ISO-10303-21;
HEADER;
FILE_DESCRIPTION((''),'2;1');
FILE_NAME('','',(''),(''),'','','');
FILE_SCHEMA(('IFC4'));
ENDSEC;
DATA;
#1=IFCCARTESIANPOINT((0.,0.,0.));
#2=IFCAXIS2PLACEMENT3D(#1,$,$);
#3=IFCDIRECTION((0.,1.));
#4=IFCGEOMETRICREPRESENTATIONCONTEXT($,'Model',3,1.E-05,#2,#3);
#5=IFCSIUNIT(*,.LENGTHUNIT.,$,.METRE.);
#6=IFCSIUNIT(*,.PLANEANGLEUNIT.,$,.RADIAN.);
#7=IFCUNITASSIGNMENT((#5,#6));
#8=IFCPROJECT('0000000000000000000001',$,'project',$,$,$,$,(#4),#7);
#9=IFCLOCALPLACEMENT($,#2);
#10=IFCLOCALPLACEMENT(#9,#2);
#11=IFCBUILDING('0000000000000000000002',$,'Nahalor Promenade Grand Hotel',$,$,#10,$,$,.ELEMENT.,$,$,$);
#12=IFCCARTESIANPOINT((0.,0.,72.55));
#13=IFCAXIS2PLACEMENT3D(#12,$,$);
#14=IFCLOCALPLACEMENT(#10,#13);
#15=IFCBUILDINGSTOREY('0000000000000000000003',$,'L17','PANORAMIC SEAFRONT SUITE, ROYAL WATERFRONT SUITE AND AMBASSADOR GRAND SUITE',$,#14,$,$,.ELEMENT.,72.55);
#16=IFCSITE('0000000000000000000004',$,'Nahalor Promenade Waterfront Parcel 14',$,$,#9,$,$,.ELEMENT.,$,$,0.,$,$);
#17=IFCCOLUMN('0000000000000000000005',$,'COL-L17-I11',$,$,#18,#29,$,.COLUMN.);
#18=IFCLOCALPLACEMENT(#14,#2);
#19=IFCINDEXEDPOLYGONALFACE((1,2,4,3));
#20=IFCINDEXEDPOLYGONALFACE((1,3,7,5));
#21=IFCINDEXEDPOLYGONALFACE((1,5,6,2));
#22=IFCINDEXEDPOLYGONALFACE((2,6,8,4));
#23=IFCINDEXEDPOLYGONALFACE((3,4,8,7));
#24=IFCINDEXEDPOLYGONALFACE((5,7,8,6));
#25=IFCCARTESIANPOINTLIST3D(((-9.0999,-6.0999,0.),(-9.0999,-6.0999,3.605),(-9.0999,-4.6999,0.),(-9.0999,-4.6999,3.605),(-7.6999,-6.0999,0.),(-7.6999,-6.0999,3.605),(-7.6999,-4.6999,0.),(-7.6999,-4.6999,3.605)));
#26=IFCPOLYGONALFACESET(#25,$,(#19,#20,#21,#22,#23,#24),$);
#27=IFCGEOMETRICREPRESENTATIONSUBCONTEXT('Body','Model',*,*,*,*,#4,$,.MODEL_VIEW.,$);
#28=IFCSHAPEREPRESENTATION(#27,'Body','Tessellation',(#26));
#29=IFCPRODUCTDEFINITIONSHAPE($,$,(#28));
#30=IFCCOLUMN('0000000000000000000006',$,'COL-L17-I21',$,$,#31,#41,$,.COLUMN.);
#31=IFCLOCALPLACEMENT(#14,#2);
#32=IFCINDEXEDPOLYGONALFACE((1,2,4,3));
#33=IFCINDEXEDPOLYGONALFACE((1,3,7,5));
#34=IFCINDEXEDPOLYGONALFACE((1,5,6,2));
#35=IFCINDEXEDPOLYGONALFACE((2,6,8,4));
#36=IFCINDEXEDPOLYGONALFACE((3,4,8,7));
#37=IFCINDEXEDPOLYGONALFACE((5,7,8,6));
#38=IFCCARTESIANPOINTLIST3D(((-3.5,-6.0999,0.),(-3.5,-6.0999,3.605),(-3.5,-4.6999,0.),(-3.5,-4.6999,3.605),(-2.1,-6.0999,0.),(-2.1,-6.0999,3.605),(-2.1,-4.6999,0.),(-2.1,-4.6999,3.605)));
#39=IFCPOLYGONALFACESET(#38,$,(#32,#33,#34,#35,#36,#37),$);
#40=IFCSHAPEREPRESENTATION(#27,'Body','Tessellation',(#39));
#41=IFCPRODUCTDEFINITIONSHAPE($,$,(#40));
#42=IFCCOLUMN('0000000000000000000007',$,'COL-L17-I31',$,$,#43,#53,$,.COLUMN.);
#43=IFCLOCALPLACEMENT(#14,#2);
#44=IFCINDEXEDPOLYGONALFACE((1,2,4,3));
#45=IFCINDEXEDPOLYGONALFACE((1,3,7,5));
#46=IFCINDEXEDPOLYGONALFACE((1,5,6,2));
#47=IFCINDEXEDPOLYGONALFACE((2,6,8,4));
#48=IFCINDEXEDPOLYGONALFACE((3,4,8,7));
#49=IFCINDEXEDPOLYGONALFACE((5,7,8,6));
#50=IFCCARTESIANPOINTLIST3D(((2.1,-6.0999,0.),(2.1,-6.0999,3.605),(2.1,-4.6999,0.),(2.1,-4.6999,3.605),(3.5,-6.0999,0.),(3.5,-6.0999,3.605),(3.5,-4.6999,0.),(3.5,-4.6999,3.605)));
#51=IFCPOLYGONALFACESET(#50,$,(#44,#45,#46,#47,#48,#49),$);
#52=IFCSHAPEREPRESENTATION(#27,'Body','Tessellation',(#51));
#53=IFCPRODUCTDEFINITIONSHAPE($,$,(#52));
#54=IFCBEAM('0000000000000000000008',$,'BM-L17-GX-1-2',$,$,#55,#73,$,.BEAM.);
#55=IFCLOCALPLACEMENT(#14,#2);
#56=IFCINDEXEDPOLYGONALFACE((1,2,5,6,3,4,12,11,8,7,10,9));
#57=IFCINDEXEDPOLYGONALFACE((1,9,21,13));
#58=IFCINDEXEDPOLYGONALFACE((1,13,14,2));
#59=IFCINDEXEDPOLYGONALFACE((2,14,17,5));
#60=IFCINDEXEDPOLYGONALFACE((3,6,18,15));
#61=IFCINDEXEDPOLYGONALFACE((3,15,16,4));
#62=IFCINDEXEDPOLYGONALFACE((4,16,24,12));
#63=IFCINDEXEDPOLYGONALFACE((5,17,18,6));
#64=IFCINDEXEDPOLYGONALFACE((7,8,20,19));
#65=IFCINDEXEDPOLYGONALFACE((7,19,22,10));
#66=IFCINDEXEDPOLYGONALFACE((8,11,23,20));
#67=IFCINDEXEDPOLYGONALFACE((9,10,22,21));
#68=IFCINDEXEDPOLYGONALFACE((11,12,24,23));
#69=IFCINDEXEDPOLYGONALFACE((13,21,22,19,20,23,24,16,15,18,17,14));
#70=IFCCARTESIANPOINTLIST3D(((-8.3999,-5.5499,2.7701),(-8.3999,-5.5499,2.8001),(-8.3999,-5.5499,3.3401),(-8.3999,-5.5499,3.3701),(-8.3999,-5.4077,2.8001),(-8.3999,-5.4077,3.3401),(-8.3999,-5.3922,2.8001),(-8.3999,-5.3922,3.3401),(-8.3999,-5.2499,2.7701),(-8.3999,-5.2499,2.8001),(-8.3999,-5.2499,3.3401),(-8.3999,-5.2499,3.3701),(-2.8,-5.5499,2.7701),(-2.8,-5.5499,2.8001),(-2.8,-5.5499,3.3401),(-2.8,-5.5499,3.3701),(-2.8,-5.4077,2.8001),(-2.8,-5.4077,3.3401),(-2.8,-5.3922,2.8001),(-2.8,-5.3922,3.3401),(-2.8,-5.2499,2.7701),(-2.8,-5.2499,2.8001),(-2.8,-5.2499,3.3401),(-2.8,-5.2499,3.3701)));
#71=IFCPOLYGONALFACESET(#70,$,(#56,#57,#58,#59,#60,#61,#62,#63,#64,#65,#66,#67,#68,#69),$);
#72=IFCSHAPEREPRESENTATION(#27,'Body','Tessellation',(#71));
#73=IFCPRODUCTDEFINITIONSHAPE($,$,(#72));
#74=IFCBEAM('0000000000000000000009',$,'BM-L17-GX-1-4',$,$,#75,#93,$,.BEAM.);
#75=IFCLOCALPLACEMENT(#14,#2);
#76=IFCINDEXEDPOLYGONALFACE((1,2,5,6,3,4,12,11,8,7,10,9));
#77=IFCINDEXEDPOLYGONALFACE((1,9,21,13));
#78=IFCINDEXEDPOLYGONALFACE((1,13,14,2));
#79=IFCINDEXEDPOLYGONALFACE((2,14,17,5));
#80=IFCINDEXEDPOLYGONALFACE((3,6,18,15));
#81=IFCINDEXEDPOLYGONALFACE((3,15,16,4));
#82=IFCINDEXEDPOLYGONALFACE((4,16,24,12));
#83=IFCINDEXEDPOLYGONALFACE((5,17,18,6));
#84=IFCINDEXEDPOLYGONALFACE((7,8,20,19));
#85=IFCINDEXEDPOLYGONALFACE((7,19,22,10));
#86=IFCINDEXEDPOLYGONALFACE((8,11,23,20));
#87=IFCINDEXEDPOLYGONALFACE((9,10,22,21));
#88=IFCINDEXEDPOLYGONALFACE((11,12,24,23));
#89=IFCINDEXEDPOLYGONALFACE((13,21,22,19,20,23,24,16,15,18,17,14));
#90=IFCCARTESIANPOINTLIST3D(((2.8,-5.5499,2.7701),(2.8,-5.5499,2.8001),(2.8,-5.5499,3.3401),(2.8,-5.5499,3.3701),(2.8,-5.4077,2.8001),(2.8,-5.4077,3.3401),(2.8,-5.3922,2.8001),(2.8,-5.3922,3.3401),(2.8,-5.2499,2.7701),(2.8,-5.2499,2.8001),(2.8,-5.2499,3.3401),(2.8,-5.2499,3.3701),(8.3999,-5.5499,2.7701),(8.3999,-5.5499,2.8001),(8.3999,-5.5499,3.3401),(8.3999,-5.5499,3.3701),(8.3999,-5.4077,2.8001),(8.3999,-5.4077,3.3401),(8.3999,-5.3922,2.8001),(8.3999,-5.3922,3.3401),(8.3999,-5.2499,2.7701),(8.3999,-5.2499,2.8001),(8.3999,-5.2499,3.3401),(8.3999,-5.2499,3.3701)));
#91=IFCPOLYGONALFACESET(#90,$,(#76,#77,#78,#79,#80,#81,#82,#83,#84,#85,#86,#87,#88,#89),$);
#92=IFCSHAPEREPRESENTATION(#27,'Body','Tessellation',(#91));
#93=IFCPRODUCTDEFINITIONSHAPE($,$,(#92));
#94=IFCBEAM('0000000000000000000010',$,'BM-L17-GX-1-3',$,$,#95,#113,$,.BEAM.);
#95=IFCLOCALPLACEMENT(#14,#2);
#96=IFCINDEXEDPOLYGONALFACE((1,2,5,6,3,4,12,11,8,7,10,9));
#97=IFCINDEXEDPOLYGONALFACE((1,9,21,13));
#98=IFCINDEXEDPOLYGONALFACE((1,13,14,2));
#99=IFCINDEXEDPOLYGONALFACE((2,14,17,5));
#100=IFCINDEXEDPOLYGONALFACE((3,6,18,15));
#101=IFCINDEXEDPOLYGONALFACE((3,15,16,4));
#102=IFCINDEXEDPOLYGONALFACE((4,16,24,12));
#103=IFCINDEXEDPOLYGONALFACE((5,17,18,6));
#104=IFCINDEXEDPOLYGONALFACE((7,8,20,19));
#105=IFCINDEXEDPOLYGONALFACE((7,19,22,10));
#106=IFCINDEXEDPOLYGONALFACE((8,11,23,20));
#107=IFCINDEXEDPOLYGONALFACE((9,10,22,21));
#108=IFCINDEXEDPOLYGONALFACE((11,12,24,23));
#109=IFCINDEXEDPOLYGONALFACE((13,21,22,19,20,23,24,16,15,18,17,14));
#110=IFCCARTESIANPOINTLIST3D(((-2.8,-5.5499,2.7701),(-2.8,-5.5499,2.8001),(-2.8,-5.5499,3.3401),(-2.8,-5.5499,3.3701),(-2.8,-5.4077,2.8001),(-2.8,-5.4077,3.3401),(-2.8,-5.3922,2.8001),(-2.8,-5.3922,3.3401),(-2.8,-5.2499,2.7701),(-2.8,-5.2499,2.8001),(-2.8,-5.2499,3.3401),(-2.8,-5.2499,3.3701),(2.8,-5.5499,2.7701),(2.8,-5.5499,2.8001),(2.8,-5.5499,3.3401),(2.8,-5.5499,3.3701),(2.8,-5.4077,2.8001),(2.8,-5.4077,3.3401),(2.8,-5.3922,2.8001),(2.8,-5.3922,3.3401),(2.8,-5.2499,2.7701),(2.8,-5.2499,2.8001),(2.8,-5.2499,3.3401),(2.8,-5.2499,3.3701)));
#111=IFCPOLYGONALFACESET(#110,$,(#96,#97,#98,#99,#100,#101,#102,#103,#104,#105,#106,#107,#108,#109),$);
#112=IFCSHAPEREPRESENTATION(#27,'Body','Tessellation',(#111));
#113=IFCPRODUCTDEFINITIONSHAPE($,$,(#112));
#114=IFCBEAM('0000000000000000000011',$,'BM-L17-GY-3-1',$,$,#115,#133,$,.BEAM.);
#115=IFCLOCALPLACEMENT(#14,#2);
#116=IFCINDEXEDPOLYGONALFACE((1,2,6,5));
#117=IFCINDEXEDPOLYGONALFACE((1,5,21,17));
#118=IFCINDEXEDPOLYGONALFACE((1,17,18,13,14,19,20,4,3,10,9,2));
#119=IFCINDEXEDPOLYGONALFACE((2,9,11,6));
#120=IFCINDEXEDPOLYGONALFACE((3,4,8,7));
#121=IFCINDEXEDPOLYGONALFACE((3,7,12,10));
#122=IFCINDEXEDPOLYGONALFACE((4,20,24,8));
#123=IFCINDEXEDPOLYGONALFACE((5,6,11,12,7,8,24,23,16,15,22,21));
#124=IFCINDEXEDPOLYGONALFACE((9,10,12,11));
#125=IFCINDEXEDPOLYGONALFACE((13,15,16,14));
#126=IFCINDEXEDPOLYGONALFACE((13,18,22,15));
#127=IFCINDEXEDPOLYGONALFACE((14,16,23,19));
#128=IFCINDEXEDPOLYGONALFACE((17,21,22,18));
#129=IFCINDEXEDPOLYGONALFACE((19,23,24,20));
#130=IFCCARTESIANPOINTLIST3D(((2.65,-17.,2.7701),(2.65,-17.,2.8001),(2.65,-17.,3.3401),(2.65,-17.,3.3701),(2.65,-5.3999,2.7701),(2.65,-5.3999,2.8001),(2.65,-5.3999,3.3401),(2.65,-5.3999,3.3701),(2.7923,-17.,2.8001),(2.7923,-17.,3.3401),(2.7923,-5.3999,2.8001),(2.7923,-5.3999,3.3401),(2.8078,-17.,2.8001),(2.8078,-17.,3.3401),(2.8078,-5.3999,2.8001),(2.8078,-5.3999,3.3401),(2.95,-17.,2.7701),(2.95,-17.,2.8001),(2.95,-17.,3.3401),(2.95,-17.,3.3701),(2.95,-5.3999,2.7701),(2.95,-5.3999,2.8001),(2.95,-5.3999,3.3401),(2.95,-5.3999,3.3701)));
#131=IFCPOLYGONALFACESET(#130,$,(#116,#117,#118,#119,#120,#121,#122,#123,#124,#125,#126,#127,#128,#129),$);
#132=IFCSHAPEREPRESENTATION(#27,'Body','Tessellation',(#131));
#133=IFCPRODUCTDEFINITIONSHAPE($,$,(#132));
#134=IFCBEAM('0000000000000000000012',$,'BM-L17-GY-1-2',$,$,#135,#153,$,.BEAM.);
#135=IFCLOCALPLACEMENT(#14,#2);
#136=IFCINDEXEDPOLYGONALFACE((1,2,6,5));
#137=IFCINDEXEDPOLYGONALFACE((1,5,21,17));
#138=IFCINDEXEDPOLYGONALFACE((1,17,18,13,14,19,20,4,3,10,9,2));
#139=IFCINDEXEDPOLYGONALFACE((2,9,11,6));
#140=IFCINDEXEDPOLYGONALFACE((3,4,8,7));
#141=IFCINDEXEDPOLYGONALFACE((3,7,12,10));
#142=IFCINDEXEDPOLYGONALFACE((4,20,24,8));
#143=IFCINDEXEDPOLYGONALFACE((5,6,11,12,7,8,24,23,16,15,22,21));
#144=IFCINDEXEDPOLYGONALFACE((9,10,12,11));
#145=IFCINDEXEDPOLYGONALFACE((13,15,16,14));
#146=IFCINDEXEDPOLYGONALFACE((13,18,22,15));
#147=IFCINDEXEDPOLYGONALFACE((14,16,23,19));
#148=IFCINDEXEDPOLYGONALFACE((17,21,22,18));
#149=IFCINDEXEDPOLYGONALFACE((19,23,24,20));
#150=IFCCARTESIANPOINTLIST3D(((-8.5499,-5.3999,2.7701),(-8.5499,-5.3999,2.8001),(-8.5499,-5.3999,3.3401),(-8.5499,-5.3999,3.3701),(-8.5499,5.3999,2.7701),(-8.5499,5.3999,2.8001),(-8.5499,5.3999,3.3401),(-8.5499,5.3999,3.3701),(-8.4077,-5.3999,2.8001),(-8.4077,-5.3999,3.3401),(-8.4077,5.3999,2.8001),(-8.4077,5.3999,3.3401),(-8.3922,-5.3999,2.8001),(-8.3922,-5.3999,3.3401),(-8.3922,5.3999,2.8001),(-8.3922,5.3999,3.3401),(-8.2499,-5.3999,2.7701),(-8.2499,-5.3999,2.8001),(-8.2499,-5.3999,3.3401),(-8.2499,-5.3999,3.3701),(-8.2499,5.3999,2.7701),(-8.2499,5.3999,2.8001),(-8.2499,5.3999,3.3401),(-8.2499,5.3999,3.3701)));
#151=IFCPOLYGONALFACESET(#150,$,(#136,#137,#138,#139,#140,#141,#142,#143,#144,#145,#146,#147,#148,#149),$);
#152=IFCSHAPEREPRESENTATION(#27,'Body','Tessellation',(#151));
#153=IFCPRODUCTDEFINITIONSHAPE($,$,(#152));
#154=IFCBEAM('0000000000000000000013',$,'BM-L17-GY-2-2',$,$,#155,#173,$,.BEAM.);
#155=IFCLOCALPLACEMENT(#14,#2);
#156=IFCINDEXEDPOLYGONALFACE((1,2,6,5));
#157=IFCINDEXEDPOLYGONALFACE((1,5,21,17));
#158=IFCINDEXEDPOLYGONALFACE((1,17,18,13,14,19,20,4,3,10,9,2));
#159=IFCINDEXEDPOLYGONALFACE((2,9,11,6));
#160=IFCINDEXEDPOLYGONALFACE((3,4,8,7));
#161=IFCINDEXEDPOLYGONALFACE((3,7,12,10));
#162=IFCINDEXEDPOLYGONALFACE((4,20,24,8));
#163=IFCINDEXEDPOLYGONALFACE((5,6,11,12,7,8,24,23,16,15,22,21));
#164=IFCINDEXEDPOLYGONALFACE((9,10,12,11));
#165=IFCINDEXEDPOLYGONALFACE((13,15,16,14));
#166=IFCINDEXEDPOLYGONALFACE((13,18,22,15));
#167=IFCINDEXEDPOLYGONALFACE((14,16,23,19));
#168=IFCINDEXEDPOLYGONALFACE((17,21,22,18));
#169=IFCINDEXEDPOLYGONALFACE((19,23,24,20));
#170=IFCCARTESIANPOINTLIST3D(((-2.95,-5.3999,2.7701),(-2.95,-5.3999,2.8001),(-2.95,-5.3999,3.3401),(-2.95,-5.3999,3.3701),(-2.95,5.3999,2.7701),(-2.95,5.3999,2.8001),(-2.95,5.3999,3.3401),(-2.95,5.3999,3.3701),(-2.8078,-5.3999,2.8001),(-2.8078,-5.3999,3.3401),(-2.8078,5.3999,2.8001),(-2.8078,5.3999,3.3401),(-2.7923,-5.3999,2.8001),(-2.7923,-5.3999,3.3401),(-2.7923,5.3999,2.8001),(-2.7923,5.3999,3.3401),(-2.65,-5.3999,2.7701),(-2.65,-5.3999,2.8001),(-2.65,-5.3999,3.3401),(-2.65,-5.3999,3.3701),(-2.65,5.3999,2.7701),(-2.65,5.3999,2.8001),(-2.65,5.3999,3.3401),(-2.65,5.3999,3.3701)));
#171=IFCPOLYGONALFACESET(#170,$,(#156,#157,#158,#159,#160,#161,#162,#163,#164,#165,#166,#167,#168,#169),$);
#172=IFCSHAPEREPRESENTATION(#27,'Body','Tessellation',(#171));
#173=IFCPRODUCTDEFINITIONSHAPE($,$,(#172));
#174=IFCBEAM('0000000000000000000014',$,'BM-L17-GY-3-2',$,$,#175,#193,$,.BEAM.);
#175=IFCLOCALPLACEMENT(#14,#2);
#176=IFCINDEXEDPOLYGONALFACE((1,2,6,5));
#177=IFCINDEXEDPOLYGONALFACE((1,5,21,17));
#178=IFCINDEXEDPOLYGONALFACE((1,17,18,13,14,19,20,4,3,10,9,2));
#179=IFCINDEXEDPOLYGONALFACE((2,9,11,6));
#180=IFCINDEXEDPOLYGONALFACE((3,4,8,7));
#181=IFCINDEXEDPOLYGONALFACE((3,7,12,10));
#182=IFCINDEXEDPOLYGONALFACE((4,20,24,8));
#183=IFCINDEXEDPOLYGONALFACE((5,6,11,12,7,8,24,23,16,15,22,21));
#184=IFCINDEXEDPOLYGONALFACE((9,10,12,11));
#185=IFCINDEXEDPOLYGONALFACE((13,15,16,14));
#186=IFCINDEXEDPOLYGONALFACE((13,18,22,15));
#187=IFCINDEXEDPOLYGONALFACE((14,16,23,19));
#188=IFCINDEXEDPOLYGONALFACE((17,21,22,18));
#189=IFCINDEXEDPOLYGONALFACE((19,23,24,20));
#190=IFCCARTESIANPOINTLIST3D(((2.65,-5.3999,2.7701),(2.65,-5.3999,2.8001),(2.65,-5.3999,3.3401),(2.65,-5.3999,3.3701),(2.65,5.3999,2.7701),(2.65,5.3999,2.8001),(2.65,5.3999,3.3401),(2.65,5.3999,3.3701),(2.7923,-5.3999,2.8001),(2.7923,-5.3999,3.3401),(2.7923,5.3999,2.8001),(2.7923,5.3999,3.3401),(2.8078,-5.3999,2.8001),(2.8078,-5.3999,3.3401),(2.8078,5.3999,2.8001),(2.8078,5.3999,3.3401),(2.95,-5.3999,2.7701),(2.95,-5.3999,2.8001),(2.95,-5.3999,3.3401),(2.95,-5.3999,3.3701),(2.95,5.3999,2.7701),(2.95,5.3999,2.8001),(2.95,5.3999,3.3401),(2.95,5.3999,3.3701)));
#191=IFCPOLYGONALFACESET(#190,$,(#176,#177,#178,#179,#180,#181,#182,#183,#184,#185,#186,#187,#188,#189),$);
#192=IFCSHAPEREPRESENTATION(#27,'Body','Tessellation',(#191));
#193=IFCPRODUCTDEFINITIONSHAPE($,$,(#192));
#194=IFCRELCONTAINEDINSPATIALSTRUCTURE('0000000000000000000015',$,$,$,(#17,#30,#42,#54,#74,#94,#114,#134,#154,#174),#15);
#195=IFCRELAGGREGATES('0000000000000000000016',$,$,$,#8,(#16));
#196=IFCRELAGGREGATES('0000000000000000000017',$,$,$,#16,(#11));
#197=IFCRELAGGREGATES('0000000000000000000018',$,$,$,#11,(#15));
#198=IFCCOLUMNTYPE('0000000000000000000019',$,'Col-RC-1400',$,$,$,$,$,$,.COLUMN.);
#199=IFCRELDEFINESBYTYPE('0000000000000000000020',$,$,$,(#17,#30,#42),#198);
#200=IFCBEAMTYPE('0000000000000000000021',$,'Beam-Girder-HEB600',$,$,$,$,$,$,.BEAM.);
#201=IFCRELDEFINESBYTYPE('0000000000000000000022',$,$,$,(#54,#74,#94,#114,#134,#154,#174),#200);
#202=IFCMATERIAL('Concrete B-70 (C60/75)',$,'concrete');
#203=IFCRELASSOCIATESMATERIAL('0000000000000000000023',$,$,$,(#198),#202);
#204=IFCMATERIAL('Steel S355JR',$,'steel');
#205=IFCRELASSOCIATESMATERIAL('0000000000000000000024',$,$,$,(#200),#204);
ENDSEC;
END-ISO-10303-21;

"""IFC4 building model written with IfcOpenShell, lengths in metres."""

from ifc_helpers import new_model, si_unit, direction, frame, origin, origin_2d, place, context, subcontext, project, spatial, rectangle, i_section, extrude, source, transform, mapped, material, material_profile, profile_set, type_object, element, save


model = new_model("IFC4")

# Units and contexts
model_context = context("Model", 3, precision=1e-05, world=origin(), true_north=direction((0.0, 1.0)))
body_context = subcontext(model_context, "Body", "Model", "MODEL_VIEW")
ifc_project = project(units=[si_unit("LENGTHUNIT", "METRE"), si_unit("PLANEANGLEUNIT", "RADIAN")], contexts=[model_context])

# Site, building, storey
site_placement = place(None, origin())
site = spatial("IfcSite", under=ifc_project, at=site_placement, Name="Nahalor Promenade Waterfront Parcel 14", CompositionType="ELEMENT", RefElevation=0.0)
building_placement = place(site_placement, origin())
building = spatial("IfcBuilding", under=site, at=building_placement, Name="Nahalor Promenade Grand Hotel", CompositionType="ELEMENT")
storey_placement = place(building_placement, frame((0.0, 0.0, 72.55)))
storey = spatial("IfcBuildingStorey", under=building, at=storey_placement, Name="L17", Description="PANORAMIC SEAFRONT SUITE, ROYAL WATERFRONT SUITE AND AMBASSADOR GRAND SUITE", CompositionType="ELEMENT", Elevation=72.55)

# Columns
ifc_material_1 = material(Name="Concrete B-70 (C60/75)", Category="concrete")
ifc_material_profile_1 = material_profile(ifc_material_1, rectangle(XDim=1.4, YDim=1.4, at=origin_2d()), Name="RC 1400x1400")
ifc_profile_set_1 = profile_set([ifc_material_profile_1], Name="Concrete B-70 (C60/75)")
column_type = type_object("IfcColumnType", Name="Col-RC-1400", PredefinedType="COLUMN", material=ifc_profile_set_1)
shared_shape_1 = source(origin(), body_context, "Body", "SweptSolid", [
    extrude(rectangle(XDim=1.4, YDim=1.4, at=origin_2d()), origin(), (0.0, 0.0, 1.0), 3.605),
])
for number, where, z_axis, x_axis, name in (
    (1, (-8.3999, -5.3999, 0.0), (0.0, 0.0, 1.0), (1.0, 0.0, 0.0), "COL-L17-I11"),
    (2, (-2.8, -5.3999, 0.0), (0.0, 0.0, 1.0), (1.0, 0.0, 0.0), "COL-L17-I21"),
    (3, (2.8, -5.3999, 0.0), (0.0, 0.0, 1.0), (1.0, 0.0, 0.0), "COL-L17-I31"),
):
    element("IfcColumn", number, at=place(storey_placement, frame(where, z_axis=z_axis, x_axis=x_axis)), inside=storey, type_object=column_type, Name=name, PredefinedType="COLUMN", context=body_context, shape_type="MappedRepresentation", body=[
        mapped(shared_shape_1, transform((0.0, 0.0, 0.0), scale=1.0)),
    ])

# Beams
ifc_material_2 = material(Name="Steel S355JR", Category="steel")
ifc_material_profile_2 = material_profile(ifc_material_2, i_section(OverallWidth=0.3, OverallDepth=0.6, WebThickness=0.0155, FlangeThickness=0.03, at=origin_2d()), Name="HEB 600")
ifc_profile_set_2 = profile_set([ifc_material_profile_2], Name="Steel S355JR")
beam_type = type_object("IfcBeamType", Name="Beam-Girder-HEB600", PredefinedType="BEAM", material=ifc_profile_set_2)
shared_shape_2 = source(origin(), body_context, "Body", "SweptSolid", [
    extrude(i_section(OverallWidth=0.3, OverallDepth=0.6, WebThickness=0.0155, FlangeThickness=0.03, at=origin_2d()), origin(), (0.0, 0.0, 1.0), 5.5999),
])
for number, where, z_axis, x_axis, name in (
    (4, (-8.3999, -5.3999, 3.0701), (1.0, 0.0, 0.0), (0.0, 1.0, 0.0), "BM-L17-GX-1-2"),
    (5, (2.8, -5.3999, 3.0701), (1.0, 0.0, 0.0), (0.0, 1.0, 0.0), "BM-L17-GX-1-4"),
):
    element("IfcBeam", number, at=place(storey_placement, frame(where, z_axis=z_axis, x_axis=x_axis)), inside=storey, type_object=beam_type, Name=name, PredefinedType="BEAM", context=body_context, shape_type="MappedRepresentation", body=[
        mapped(shared_shape_2, transform((0.0, 0.0, 0.0), scale=1.0)),
    ])
shared_shape_3 = source(origin(), body_context, "Body", "SweptSolid", [
    extrude(i_section(OverallWidth=0.3, OverallDepth=0.6, WebThickness=0.0155, FlangeThickness=0.03, at=origin_2d()), origin(), (0.0, 0.0, 1.0), 5.6001),
])
beam_1_placement = place(storey_placement, frame((-2.8, -5.3999, 3.0701), z_axis=(1.0, 0.0, 0.0), x_axis=(0.0, 1.0, 0.0)))
element("IfcBeam", 6, at=beam_1_placement, inside=storey, type_object=beam_type, Name="BM-L17-GX-1-3", PredefinedType="BEAM", context=body_context, shape_type="MappedRepresentation", body=[
    mapped(shared_shape_3, transform((0.0, 0.0, 0.0), scale=1.0)),
])
shared_shape_4 = source(origin(), body_context, "Body", "SweptSolid", [
    extrude(i_section(OverallWidth=0.3, OverallDepth=0.6, WebThickness=0.0155, FlangeThickness=0.03, at=origin_2d()), origin(), (0.0, 0.0, 1.0), 11.6001),
])
beam_2_placement = place(storey_placement, frame((2.8, -17.0, 3.0701), z_axis=(0.0, 1.0, 0.0), x_axis=(-1.0, 0.0, 0.0)))
element("IfcBeam", 7, at=beam_2_placement, inside=storey, type_object=beam_type, Name="BM-L17-GY-3-1", PredefinedType="BEAM", context=body_context, shape_type="MappedRepresentation", body=[
    mapped(shared_shape_4, transform((0.0, 0.0, 0.0), scale=1.0)),
])
shared_shape_5 = source(origin(), body_context, "Body", "SweptSolid", [
    extrude(i_section(OverallWidth=0.3, OverallDepth=0.6, WebThickness=0.0155, FlangeThickness=0.03, at=origin_2d()), origin(), (0.0, 0.0, 1.0), 10.7998),
])
for number, where, z_axis, x_axis, name in (
    (8, (-8.3999, -5.3999, 3.0701), (0.0, 1.0, 0.0), (-1.0, 0.0, 0.0), "BM-L17-GY-1-2"),
    (9, (-2.8, -5.3999, 3.0701), (0.0, 1.0, 0.0), (-1.0, 0.0, 0.0), "BM-L17-GY-2-2"),
    (10, (2.8, -5.3999, 3.0701), (0.0, 1.0, 0.0), (-1.0, 0.0, 0.0), "BM-L17-GY-3-2"),
):
    element("IfcBeam", number, at=place(storey_placement, frame(where, z_axis=z_axis, x_axis=x_axis)), inside=storey, type_object=beam_type, Name=name, PredefinedType="BEAM", context=body_context, shape_type="MappedRepresentation", body=[
        mapped(shared_shape_5, transform((0.0, 0.0, 0.0), scale=1.0)),
    ])

save(model, "model.ifc")
